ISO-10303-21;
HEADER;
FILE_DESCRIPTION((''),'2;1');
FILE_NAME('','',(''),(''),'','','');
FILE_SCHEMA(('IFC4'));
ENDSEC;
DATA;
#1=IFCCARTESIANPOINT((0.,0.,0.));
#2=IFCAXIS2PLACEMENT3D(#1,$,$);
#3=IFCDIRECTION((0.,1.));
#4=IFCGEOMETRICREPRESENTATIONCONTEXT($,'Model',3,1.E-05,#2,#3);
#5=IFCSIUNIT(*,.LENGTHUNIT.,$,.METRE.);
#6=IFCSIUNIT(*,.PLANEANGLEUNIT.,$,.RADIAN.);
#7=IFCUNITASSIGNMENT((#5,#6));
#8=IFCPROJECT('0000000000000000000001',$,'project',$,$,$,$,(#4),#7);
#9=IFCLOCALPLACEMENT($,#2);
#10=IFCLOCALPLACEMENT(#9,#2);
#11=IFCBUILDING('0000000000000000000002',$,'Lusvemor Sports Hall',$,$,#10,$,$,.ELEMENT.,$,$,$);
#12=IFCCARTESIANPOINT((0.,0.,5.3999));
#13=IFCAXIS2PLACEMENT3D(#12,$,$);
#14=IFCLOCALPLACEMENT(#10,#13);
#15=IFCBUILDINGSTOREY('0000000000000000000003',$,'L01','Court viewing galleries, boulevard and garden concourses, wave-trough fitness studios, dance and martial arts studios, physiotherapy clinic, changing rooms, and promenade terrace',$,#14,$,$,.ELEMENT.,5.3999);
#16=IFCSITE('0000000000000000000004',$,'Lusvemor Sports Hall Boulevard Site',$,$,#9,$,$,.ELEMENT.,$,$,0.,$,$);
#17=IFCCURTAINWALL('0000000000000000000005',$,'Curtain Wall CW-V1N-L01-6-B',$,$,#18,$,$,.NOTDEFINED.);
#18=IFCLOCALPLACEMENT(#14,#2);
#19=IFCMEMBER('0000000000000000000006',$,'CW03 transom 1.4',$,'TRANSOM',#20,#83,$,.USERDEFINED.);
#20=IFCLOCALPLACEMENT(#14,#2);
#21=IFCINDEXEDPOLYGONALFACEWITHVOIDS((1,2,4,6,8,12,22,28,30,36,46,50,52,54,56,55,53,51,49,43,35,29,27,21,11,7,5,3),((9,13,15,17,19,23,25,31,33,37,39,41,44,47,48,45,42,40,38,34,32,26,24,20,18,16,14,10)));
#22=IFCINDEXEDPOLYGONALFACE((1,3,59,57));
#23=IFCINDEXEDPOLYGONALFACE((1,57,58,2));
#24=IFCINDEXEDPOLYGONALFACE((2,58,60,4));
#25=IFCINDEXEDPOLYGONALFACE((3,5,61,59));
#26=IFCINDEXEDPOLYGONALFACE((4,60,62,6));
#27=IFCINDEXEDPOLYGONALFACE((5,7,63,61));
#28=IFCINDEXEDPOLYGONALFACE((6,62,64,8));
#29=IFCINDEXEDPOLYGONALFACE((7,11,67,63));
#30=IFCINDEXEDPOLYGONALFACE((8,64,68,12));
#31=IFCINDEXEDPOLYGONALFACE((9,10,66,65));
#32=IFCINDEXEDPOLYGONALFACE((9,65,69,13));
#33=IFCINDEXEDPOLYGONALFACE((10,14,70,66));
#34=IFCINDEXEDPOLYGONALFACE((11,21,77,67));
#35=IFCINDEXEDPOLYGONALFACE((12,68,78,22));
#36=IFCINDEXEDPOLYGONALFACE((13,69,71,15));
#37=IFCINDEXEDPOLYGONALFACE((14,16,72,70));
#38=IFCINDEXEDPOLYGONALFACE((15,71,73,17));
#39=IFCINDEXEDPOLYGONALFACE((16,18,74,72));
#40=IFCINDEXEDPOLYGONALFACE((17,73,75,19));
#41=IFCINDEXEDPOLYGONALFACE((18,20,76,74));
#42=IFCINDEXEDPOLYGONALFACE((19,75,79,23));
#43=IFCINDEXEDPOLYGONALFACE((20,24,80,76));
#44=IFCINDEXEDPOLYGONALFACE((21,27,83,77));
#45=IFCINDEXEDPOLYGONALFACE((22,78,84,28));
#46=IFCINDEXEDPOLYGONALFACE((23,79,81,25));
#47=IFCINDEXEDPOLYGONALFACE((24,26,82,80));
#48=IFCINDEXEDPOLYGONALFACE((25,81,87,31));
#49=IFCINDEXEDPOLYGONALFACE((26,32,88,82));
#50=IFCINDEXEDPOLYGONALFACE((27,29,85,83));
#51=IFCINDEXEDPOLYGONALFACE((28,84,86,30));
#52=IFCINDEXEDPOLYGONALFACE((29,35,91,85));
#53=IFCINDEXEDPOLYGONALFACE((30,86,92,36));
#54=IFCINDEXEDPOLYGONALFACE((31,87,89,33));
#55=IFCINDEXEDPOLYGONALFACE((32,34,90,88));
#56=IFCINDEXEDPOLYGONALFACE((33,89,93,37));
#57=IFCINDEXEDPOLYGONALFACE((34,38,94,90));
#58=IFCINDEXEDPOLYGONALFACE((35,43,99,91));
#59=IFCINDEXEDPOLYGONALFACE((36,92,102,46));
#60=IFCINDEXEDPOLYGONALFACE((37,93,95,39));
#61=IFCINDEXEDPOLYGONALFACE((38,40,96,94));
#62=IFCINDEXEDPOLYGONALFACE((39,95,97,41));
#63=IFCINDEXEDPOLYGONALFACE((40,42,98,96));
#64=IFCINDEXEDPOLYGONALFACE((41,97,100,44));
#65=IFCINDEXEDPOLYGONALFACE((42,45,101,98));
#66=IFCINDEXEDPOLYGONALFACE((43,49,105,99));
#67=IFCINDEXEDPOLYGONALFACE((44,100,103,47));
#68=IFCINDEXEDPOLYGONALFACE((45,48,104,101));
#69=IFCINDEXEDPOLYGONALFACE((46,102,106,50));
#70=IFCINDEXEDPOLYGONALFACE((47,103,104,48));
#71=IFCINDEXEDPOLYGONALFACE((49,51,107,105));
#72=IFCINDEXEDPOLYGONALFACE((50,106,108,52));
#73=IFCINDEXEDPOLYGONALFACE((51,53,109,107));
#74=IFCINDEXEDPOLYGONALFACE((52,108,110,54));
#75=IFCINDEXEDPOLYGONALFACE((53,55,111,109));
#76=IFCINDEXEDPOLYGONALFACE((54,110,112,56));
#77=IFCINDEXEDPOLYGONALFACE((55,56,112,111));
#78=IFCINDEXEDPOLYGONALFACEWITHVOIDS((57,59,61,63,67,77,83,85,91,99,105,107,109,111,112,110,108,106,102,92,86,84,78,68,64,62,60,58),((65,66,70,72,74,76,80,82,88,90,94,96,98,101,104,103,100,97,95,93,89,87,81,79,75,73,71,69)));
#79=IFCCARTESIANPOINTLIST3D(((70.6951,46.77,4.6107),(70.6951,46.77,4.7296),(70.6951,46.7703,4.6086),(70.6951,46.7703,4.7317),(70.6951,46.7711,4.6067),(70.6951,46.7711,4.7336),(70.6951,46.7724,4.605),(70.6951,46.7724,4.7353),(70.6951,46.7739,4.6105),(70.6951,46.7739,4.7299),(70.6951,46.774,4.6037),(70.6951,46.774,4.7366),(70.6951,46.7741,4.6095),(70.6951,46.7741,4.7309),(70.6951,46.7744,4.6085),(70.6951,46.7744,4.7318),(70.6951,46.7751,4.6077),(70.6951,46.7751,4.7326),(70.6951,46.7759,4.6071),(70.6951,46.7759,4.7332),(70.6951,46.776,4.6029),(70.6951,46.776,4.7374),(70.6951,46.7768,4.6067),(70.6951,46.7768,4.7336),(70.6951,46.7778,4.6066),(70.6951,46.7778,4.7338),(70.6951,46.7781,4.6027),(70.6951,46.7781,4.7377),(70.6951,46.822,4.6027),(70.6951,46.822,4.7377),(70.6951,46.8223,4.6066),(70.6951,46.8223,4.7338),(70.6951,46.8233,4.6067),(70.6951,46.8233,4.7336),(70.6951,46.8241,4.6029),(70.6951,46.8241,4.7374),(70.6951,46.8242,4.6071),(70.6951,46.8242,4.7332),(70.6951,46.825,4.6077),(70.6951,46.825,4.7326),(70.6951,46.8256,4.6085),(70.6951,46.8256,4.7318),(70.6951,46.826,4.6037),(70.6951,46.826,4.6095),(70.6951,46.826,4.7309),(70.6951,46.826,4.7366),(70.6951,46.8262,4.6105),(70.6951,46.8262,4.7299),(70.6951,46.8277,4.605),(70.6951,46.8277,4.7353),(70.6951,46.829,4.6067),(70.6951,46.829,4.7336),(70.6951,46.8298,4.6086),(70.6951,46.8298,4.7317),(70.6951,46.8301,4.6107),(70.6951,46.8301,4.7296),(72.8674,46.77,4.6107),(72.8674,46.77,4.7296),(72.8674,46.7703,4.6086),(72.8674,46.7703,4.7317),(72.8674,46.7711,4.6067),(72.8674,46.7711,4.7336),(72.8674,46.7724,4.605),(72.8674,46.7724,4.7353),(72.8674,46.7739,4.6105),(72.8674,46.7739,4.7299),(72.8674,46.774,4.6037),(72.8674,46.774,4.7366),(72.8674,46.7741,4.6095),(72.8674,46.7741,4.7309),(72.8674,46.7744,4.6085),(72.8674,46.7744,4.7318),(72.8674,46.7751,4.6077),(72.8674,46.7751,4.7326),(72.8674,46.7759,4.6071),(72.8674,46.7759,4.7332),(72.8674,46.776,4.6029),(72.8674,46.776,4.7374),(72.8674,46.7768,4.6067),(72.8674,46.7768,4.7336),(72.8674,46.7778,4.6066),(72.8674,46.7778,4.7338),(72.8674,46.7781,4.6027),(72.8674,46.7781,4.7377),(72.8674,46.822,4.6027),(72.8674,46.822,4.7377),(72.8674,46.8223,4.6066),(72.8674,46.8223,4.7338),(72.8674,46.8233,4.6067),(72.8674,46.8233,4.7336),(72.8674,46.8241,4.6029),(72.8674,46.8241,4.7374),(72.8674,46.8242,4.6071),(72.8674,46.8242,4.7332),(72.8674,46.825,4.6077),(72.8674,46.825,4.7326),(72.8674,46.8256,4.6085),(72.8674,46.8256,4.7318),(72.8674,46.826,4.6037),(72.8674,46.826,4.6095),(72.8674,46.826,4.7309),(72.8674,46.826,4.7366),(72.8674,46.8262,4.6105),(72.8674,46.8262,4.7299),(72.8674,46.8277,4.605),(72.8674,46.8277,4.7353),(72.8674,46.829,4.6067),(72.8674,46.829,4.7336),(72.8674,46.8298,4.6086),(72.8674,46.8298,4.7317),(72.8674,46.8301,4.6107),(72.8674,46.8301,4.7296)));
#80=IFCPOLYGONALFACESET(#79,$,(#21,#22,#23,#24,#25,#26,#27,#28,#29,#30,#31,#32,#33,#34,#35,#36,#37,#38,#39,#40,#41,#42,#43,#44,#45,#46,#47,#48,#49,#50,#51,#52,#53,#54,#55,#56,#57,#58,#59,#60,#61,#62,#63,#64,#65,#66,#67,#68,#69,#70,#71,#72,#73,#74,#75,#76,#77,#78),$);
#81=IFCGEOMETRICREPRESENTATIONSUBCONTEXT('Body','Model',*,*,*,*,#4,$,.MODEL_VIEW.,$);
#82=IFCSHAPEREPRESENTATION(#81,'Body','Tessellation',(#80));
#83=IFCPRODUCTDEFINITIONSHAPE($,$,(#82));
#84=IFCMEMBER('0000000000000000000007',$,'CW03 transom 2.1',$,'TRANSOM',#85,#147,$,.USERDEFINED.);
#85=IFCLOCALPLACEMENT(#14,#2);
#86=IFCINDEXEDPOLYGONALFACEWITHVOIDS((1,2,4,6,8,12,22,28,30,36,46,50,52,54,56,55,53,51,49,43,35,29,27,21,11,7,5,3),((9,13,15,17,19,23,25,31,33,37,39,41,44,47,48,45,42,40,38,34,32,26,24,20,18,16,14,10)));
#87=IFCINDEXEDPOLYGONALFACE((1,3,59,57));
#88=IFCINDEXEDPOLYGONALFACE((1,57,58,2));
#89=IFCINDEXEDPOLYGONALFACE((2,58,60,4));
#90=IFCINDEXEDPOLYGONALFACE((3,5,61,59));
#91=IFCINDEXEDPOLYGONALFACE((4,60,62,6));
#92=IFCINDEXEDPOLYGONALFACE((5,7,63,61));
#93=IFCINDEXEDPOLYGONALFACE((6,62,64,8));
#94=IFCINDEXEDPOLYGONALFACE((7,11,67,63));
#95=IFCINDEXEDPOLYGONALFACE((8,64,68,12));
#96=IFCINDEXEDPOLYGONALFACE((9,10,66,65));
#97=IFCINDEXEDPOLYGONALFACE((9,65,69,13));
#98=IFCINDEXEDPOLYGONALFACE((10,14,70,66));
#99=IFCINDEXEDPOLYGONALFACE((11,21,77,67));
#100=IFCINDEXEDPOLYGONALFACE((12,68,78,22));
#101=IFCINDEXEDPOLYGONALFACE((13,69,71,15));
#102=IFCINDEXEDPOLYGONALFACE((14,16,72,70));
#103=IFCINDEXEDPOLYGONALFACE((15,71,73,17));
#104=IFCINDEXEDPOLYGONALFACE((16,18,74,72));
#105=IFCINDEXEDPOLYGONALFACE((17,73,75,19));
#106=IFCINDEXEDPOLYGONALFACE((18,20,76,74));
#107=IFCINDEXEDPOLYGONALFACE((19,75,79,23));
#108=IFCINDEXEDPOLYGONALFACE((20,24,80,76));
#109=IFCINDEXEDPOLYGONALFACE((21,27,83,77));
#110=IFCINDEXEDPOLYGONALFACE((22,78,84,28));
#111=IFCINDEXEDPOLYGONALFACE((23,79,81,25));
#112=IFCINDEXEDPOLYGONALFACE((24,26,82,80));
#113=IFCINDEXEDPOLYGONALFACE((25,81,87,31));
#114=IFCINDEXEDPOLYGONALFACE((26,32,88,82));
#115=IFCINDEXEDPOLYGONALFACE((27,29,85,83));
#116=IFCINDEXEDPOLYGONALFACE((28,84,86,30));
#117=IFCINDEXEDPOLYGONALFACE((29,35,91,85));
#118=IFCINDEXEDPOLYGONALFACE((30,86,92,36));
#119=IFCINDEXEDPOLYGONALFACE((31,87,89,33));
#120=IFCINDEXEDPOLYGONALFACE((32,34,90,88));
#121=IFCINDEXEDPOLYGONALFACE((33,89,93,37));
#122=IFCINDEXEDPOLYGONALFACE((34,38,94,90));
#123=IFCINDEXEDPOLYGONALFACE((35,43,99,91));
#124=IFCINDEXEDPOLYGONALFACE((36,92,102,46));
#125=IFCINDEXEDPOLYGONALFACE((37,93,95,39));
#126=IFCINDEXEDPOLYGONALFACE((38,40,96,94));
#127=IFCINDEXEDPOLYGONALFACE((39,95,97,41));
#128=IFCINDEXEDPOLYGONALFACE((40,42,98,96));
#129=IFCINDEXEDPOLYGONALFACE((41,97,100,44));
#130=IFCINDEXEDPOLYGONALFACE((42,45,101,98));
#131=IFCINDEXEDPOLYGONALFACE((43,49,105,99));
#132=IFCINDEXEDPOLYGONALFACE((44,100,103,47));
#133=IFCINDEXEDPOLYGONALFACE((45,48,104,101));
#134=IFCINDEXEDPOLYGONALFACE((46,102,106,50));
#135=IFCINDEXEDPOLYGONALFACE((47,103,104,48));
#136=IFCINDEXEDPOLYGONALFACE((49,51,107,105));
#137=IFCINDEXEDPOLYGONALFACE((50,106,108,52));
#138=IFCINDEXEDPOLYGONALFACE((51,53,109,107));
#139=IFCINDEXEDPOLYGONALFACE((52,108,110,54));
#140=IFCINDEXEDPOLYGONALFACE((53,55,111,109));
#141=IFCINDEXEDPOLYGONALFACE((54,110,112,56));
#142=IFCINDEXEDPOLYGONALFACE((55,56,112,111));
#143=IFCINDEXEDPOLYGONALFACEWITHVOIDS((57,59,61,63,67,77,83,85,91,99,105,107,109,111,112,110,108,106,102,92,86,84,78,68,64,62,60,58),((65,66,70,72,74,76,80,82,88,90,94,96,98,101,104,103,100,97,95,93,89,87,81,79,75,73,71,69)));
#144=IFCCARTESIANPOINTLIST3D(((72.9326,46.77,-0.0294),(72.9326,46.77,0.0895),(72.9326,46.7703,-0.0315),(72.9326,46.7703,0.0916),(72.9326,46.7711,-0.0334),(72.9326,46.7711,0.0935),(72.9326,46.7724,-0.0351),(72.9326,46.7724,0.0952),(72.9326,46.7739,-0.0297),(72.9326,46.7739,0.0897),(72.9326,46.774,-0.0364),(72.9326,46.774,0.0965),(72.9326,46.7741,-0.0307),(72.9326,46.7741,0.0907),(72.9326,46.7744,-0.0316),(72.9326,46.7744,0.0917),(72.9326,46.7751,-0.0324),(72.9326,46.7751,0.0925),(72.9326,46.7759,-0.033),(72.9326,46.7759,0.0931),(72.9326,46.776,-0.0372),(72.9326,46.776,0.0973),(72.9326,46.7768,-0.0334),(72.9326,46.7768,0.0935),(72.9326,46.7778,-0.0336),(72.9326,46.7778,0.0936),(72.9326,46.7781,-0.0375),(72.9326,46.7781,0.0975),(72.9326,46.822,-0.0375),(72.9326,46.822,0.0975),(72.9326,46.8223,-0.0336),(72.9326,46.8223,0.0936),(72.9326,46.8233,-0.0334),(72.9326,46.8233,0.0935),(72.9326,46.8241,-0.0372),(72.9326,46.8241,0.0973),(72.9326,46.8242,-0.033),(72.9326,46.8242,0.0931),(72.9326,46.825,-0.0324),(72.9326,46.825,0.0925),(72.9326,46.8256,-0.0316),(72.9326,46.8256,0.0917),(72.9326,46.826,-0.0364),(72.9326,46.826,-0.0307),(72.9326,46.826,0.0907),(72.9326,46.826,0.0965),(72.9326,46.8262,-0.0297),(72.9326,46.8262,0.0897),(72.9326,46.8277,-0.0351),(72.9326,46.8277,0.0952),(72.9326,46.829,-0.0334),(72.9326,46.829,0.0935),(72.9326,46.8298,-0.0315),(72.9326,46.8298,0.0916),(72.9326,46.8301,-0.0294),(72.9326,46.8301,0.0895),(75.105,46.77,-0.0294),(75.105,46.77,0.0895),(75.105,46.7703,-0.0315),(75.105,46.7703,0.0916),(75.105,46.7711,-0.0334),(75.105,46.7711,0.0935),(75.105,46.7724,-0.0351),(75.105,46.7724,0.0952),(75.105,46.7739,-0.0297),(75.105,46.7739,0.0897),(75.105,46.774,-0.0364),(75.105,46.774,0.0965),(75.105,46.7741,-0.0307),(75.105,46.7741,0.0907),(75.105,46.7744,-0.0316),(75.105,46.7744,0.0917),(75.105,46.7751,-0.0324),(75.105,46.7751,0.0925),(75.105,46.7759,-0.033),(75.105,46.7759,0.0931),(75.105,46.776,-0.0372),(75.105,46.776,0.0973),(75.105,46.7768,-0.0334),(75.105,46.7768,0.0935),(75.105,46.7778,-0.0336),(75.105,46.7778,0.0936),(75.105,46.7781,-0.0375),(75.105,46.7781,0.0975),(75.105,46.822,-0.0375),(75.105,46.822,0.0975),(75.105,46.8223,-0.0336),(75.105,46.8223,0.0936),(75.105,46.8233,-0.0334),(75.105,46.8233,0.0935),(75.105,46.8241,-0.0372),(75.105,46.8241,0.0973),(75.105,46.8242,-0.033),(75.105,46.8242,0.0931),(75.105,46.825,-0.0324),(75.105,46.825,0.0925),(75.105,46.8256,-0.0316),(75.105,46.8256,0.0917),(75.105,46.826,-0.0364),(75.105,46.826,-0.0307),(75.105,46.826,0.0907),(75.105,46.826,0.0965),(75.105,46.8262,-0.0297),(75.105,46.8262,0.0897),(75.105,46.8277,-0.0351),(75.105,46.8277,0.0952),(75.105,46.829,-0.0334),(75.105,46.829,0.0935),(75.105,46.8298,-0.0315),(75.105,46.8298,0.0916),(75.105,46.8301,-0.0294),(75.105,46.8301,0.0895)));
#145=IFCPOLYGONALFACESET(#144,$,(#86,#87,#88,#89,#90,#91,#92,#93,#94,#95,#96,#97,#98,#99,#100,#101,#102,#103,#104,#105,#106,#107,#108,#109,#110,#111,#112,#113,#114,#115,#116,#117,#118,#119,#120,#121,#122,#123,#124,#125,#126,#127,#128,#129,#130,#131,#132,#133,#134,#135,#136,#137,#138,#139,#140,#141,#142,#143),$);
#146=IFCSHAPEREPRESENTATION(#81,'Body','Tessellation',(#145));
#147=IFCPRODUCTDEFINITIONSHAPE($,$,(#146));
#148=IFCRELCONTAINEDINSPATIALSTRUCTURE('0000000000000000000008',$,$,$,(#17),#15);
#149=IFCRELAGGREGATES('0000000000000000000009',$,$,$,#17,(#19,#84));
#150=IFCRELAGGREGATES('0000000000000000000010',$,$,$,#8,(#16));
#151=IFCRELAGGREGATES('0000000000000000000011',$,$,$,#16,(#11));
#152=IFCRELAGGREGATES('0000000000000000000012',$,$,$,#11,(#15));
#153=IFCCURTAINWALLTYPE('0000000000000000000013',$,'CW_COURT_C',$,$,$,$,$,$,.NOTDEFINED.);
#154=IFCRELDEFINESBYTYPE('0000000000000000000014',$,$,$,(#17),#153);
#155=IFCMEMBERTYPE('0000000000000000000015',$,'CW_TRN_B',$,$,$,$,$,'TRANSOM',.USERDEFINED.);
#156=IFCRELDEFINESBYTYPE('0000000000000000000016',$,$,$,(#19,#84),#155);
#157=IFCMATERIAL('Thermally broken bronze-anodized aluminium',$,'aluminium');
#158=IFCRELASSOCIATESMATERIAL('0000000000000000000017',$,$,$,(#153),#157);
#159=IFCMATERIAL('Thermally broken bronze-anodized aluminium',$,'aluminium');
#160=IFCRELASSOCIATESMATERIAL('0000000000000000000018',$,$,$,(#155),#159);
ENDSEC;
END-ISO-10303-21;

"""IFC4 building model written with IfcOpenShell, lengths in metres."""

from ifc_helpers import new_model, si_unit, direction, frame, origin, origin_2d, place, context, subcontext, project, spatial, hollow_rectangle, extrude, material, material_profile, profile_set, type_object, element, aggregate, save


model = new_model("IFC4")

# Units and contexts
model_context = context("Model", 3, precision=1e-05, world=origin(), true_north=direction((0.0, 1.0)))
body_context = subcontext(model_context, "Body", "Model", "MODEL_VIEW")
ifc_project = project(units=[si_unit("LENGTHUNIT", "METRE"), si_unit("PLANEANGLEUNIT", "RADIAN")], contexts=[model_context])

# Site, building, storey
site_placement = place(None, origin())
site = spatial("IfcSite", under=ifc_project, at=site_placement, Name="Lusvemor Sports Hall Boulevard Site", CompositionType="ELEMENT", RefElevation=0.0)
building_placement = place(site_placement, origin())
building = spatial("IfcBuilding", under=site, at=building_placement, Name="Lusvemor Sports Hall", CompositionType="ELEMENT")
storey_placement = place(building_placement, frame((0.0, 0.0, 5.3999)))
storey = spatial("IfcBuildingStorey", under=building, at=storey_placement, Name="L01", Description="Court viewing galleries, boulevard and garden concourses, wave-trough fitness studios, dance and martial arts studios, physiotherapy clinic, changing rooms, and promenade terrace", CompositionType="ELEMENT", Elevation=5.3999)

# Curtain wall, members
ifc_material_1 = material(Name="Thermally broken bronze-anodized aluminium", Category="aluminium")
curtain_wall_type = type_object("IfcCurtainWallType", Name="CW_COURT_C", PredefinedType="NOTDEFINED", material=ifc_material_1)
curtain_wall_placement = place(storey_placement, origin())
curtain_wall = element("IfcCurtainWall", 1, at=curtain_wall_placement, inside=storey, type_object=curtain_wall_type, Name="Curtain Wall CW-V1N-L01-6-B", PredefinedType="NOTDEFINED")
ifc_material_2 = material(Name="Thermally broken bronze-anodized aluminium", Category="aluminium")
ifc_material_profile_1 = material_profile(ifc_material_2, hollow_rectangle(XDim=0.0601, YDim=0.135, WallThickness=0.0039, InnerFilletRadius=0.0039, OuterFilletRadius=0.0081, at=origin_2d()), Name="CWTRN135x60x4")
ifc_profile_set_1 = profile_set([ifc_material_profile_1], Name="Thermally broken bronze-anodized aluminium")
member_type_1 = type_object("IfcMemberType", Name="CW_TRN_B", ElementType="TRANSOM", PredefinedType="USERDEFINED", material=ifc_profile_set_1)
member_1_placement = place(storey_placement, frame((70.6951, 46.8, 4.6702), z_axis=(1.0, 0.0, 0.0), x_axis=(0.0, 1.0, 0.0)))
member_1 = element("IfcMember", 2, at=member_1_placement, type_object=member_type_1, Name="CW03 transom 1.4", ObjectType="TRANSOM", PredefinedType="USERDEFINED", context=body_context, shape_type="SweptSolid", body=[
    extrude(hollow_rectangle(XDim=0.0601, YDim=0.135, WallThickness=0.0039, InnerFilletRadius=0.0039, OuterFilletRadius=0.0081, at=origin_2d()), origin(), (0.0, 0.0, 1.0), 2.1724),
])
member_2_placement = place(storey_placement, frame((72.9326, 46.8, 0.03), z_axis=(1.0, 0.0, 0.0), x_axis=(0.0, 1.0, 0.0)))
member_2 = element("IfcMember", 3, at=member_2_placement, type_object=member_type_1, Name="CW03 transom 2.1", ObjectType="TRANSOM", PredefinedType="USERDEFINED", context=body_context, shape_type="SweptSolid", body=[
    extrude(hollow_rectangle(XDim=0.0601, YDim=0.135, WallThickness=0.0039, InnerFilletRadius=0.0039, OuterFilletRadius=0.0081, at=origin_2d()), origin(), (0.0, 0.0, 1.0), 2.1724),
])

aggregate(curtain_wall, [member_1, member_2])

save(model, "model.ifc")
